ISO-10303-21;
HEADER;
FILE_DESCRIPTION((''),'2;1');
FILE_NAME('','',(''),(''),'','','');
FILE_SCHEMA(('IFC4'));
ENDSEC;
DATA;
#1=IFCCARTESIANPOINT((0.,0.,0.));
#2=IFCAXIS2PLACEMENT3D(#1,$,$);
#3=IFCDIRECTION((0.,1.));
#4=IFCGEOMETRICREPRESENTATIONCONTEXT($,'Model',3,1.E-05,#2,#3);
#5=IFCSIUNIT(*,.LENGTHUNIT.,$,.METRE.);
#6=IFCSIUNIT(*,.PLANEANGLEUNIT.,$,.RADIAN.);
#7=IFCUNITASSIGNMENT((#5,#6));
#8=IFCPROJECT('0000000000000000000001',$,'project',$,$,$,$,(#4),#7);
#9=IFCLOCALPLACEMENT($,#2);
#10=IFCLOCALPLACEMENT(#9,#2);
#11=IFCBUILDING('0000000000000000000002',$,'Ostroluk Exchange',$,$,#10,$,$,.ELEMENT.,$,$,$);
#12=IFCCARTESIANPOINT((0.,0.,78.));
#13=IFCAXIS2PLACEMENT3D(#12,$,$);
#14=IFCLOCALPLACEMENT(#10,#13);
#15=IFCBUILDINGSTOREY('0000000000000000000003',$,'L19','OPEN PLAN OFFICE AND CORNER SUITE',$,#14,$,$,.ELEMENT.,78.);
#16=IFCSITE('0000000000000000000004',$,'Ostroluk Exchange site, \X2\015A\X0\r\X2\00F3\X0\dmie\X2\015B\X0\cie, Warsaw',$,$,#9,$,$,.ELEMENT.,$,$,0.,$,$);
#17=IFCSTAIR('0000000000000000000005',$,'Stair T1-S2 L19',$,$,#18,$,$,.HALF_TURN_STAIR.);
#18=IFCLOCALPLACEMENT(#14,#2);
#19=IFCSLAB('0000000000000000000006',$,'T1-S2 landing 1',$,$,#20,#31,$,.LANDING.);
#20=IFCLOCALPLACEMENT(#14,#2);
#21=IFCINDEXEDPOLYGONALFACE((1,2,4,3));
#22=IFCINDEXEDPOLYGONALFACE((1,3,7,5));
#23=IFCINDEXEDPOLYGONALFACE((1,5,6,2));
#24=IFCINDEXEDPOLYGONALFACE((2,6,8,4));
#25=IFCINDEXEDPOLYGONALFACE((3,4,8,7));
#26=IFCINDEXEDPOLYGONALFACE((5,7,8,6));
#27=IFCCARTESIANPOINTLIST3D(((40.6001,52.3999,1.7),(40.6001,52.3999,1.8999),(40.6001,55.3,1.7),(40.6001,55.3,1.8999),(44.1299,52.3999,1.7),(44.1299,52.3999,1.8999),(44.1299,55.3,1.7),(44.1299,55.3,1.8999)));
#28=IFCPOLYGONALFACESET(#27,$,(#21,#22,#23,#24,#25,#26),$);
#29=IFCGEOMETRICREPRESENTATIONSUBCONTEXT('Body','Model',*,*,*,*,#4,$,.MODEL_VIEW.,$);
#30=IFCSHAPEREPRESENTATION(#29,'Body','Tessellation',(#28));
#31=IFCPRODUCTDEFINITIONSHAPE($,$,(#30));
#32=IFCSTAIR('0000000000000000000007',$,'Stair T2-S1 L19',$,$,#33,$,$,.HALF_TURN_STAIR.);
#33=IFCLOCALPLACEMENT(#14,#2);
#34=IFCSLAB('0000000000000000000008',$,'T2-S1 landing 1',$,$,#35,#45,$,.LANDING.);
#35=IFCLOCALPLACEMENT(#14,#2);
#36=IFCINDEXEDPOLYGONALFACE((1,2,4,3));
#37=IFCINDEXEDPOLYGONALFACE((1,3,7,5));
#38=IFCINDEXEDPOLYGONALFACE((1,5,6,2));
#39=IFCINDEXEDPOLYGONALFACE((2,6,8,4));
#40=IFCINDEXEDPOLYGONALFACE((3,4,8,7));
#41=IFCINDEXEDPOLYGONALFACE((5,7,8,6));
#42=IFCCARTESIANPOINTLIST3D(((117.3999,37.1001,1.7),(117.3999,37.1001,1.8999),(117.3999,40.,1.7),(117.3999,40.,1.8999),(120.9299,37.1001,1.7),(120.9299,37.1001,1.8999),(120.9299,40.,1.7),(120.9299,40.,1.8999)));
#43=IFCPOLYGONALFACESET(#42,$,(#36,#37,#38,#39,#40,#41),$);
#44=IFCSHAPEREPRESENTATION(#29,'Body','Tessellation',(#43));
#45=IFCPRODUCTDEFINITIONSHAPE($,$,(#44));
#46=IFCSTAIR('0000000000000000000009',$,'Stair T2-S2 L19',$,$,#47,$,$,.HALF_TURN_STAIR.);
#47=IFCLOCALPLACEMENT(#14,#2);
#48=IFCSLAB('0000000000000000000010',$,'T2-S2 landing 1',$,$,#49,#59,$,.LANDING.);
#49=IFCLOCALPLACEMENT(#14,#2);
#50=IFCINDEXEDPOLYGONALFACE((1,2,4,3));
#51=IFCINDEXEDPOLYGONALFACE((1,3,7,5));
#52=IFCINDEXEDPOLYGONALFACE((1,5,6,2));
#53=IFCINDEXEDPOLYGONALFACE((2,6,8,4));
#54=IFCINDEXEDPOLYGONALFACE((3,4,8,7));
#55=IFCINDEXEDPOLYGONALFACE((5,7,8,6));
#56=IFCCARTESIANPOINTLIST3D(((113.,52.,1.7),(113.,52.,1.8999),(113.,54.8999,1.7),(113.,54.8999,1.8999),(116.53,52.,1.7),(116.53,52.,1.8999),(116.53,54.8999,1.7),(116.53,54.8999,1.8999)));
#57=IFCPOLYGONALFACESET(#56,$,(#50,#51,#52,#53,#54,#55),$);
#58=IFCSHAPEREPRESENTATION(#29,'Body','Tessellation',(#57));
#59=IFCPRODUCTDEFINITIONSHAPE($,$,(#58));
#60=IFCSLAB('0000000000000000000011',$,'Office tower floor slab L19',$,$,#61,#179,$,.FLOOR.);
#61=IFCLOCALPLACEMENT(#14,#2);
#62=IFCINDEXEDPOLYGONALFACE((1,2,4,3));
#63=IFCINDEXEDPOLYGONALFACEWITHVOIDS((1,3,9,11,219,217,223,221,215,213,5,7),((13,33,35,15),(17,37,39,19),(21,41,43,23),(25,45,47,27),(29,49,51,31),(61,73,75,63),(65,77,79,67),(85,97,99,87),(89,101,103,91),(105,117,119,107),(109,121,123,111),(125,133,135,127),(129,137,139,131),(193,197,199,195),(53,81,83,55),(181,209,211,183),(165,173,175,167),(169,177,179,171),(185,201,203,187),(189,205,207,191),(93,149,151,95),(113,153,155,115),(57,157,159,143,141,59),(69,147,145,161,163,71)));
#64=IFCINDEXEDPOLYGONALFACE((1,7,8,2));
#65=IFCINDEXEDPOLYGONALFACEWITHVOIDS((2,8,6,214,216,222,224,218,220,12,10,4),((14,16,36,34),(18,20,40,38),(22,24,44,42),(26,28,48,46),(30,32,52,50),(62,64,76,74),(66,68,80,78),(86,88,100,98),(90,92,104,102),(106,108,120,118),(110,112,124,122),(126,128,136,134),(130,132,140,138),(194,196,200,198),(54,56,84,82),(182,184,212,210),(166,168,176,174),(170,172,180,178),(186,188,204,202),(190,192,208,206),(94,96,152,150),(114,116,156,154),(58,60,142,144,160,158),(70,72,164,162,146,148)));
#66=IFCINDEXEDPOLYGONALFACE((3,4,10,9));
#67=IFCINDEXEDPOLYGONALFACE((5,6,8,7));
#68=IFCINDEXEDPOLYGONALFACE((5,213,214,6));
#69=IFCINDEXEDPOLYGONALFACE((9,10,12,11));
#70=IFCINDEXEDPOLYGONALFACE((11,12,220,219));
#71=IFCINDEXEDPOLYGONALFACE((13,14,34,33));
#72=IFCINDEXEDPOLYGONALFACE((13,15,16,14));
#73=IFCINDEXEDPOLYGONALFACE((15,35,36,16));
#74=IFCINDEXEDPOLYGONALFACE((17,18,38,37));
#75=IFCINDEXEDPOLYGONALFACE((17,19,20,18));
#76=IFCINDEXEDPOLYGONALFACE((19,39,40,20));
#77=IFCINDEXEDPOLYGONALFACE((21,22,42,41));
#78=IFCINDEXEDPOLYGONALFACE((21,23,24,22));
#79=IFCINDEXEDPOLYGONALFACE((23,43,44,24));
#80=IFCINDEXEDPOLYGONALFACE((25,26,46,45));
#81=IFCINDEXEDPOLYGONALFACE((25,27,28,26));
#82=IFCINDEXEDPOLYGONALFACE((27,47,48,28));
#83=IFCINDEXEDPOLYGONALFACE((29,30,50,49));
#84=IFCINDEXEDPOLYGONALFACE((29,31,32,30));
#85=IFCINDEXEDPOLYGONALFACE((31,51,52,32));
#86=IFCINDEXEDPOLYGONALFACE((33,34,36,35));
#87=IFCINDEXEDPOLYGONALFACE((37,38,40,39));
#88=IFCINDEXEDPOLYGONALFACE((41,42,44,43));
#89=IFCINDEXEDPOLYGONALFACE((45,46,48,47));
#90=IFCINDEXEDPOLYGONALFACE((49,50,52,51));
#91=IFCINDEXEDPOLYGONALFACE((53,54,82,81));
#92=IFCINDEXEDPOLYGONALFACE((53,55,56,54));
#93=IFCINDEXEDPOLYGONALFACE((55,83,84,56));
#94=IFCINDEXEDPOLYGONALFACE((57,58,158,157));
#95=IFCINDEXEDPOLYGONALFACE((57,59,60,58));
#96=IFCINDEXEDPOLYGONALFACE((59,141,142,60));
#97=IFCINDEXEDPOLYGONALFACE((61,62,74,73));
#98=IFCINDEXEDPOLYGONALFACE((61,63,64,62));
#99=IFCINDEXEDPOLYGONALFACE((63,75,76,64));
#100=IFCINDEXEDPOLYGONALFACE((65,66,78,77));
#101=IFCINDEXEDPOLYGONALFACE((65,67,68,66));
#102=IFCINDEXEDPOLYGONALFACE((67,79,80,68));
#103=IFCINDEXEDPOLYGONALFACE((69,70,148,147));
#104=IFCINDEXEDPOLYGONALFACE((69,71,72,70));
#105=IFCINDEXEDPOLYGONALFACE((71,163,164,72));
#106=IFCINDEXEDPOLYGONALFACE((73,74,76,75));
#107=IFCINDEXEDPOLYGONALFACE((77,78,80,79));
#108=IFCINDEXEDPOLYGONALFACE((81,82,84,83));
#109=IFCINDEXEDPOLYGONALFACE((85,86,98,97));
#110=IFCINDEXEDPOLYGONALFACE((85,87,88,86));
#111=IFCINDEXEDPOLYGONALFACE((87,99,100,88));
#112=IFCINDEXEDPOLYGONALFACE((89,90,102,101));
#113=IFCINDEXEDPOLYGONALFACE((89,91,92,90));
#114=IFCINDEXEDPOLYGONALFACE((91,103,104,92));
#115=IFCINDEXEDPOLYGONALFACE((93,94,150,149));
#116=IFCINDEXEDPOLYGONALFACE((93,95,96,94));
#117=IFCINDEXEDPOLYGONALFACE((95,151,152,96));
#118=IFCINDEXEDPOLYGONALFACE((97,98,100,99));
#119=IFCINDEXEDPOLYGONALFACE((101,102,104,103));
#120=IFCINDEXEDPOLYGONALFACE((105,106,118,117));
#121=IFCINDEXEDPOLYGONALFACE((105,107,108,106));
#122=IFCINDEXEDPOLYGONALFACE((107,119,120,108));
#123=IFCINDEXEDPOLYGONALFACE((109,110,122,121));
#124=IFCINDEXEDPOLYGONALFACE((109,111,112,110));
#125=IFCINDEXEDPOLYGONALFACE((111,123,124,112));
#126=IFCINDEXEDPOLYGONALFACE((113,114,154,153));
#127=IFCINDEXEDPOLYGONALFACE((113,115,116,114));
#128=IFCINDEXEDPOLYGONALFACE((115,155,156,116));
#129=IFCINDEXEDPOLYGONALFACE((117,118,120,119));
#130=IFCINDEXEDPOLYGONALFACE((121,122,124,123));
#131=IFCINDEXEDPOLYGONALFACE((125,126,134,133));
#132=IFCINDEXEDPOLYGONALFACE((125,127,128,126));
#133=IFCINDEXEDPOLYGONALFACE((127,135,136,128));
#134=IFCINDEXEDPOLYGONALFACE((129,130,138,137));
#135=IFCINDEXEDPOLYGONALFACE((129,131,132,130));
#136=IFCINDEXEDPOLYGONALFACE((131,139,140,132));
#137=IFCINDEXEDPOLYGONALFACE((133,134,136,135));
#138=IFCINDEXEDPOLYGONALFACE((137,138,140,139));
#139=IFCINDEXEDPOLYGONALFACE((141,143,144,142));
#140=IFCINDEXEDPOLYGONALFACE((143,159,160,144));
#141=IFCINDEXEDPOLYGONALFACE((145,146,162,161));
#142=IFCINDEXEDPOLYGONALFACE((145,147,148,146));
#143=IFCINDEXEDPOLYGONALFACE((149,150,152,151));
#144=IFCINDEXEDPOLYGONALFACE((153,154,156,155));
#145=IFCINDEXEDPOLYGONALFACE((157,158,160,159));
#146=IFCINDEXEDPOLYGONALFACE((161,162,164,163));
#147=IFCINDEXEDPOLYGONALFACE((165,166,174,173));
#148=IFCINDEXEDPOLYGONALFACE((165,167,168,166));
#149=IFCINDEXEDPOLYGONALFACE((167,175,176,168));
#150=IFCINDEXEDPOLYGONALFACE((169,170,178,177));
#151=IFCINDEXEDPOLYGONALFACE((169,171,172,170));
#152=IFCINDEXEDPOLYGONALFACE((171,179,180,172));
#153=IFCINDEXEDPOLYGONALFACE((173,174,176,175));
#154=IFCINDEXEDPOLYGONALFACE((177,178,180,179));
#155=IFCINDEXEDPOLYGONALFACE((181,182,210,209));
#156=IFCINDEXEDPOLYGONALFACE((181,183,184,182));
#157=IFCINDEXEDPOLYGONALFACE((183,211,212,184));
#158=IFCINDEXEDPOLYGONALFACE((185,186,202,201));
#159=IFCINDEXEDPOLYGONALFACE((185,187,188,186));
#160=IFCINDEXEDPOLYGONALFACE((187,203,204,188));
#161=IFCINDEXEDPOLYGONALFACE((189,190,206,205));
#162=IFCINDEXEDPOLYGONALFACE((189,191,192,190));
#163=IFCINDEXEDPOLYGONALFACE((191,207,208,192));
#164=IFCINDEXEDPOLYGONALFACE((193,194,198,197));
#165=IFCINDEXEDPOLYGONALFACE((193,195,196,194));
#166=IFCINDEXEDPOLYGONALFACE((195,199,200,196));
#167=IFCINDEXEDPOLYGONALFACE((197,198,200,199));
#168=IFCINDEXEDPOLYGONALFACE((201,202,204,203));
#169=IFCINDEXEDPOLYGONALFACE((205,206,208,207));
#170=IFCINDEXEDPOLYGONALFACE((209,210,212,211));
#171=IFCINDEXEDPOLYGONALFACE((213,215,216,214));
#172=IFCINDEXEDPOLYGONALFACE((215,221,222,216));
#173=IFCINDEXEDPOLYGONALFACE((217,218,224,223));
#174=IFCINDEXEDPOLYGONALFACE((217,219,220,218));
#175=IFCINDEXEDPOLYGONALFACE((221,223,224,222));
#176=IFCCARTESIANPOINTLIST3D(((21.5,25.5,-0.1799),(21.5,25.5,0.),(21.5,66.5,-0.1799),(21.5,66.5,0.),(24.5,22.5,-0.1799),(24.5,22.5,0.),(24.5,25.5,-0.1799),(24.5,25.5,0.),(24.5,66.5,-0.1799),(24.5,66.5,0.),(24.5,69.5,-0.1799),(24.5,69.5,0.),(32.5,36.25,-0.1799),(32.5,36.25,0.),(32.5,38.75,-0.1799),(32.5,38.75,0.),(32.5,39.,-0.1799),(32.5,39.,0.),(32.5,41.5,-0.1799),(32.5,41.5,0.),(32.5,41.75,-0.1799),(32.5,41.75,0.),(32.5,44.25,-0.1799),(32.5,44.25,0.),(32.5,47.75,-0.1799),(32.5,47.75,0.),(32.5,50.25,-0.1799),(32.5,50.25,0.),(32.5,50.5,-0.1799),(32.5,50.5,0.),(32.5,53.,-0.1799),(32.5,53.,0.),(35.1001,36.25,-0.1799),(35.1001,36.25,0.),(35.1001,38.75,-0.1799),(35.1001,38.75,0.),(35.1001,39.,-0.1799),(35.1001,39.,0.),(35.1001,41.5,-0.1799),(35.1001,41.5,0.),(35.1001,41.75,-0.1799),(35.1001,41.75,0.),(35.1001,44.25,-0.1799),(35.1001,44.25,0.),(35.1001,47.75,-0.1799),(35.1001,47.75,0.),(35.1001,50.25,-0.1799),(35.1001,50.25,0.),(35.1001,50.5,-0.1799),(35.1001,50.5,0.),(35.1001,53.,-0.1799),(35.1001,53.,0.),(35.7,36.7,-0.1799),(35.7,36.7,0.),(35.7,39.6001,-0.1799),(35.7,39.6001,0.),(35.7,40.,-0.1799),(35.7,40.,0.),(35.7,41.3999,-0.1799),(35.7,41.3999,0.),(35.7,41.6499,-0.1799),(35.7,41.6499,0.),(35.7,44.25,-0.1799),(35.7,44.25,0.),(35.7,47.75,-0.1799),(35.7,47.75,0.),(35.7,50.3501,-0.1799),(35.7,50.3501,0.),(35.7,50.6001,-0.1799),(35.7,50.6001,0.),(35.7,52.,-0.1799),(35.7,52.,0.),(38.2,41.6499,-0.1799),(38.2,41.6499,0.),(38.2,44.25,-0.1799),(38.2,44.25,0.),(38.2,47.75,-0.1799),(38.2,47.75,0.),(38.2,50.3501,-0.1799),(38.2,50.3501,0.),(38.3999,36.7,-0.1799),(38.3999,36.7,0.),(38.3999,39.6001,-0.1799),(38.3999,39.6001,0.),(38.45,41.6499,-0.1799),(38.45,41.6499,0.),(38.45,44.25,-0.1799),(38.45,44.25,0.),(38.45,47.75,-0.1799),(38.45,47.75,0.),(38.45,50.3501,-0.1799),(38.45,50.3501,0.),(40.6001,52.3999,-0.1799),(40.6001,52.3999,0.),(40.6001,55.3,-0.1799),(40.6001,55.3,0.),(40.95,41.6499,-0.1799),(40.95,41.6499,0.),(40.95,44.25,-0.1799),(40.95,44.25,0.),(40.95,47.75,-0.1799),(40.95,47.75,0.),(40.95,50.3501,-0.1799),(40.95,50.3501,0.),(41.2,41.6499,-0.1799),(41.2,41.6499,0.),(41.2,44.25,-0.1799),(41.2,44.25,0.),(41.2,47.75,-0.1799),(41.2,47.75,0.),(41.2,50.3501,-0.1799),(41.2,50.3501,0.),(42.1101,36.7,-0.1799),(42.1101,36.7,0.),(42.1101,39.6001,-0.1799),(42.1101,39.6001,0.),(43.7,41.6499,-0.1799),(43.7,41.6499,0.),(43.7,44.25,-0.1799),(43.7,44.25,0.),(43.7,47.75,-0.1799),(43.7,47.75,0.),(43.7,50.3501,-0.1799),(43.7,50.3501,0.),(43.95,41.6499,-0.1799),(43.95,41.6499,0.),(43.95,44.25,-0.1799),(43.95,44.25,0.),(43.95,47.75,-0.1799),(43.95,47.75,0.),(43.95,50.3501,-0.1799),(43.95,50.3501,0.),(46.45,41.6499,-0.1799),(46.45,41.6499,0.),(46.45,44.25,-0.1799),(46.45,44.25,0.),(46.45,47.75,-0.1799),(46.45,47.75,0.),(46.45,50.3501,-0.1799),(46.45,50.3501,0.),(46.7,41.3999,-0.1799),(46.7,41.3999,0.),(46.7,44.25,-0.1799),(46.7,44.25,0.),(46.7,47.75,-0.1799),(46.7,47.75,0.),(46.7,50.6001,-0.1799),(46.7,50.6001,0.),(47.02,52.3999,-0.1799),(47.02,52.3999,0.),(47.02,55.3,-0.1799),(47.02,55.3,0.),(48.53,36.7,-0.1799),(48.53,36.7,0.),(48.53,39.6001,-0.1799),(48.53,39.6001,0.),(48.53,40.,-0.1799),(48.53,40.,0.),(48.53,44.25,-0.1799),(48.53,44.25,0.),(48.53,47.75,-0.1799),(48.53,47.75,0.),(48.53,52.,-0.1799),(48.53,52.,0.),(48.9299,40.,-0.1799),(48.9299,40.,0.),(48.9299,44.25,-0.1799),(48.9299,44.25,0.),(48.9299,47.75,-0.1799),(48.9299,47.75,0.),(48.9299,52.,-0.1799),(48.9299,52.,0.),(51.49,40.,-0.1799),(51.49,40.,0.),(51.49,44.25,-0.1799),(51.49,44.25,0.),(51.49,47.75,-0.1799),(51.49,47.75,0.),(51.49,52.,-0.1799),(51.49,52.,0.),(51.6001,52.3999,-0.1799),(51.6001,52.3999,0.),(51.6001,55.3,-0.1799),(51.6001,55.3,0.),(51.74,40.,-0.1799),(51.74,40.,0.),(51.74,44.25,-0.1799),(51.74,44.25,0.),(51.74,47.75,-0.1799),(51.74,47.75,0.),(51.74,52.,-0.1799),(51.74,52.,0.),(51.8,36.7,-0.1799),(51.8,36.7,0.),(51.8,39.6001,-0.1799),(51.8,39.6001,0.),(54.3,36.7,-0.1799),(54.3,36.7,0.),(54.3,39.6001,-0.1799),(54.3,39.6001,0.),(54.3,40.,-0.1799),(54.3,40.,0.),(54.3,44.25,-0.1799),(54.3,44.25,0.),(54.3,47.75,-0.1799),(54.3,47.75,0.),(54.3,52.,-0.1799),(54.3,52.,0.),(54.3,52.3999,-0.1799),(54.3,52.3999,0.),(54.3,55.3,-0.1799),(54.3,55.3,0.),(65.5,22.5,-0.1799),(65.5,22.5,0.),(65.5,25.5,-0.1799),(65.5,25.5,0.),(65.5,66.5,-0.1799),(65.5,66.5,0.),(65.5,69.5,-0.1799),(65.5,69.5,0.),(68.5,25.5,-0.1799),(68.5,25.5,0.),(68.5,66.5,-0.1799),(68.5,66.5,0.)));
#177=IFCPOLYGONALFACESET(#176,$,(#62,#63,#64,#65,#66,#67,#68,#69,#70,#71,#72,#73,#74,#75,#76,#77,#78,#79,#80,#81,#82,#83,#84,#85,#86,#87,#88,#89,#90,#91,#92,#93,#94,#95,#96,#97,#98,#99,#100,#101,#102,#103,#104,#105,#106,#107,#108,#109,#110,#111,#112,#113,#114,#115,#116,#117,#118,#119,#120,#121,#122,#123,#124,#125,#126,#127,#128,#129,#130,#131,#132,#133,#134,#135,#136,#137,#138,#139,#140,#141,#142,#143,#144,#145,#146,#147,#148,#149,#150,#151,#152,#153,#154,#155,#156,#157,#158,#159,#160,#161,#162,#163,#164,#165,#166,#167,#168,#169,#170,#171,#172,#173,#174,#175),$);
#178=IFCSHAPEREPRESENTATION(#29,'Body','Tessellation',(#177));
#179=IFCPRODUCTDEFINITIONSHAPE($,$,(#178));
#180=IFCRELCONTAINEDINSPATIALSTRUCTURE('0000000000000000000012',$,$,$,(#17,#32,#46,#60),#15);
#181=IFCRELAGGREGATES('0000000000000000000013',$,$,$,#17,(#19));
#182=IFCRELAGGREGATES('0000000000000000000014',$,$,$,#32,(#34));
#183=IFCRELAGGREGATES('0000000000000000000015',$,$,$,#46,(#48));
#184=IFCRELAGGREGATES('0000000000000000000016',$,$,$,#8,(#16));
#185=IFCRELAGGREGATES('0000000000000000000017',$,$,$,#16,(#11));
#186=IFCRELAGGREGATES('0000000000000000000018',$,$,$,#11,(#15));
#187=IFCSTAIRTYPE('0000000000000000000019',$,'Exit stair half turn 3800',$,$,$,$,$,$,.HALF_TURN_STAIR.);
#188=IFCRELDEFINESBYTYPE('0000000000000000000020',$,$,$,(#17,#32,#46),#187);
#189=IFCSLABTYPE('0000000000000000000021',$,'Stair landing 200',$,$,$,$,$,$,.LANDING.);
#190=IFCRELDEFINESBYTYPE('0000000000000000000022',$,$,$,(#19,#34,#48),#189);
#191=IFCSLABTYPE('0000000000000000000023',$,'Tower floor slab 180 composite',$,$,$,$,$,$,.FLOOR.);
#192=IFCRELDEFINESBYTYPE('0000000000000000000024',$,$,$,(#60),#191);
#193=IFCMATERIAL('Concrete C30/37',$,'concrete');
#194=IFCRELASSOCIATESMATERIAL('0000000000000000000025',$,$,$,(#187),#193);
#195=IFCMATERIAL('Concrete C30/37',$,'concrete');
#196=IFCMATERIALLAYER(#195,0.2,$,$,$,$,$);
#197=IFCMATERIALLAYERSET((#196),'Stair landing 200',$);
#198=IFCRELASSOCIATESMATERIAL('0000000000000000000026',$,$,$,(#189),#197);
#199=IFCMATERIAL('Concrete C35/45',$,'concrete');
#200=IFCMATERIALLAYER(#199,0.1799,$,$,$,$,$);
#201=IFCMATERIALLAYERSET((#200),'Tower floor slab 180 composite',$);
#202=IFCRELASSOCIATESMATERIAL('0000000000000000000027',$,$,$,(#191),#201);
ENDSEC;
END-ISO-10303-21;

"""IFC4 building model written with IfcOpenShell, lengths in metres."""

from ifc_helpers import new_model, si_unit, direction, frame, origin, place, context, subcontext, project, spatial, polyline, outline, extrude, material, layer, layer_set, type_object, element, aggregate, save


model = new_model("IFC4")

# Units and contexts
model_context = context("Model", 3, precision=1e-05, world=origin(), true_north=direction((0.0, 1.0)))
body_context = subcontext(model_context, "Body", "Model", "MODEL_VIEW")
ifc_project = project(units=[si_unit("LENGTHUNIT", "METRE"), si_unit("PLANEANGLEUNIT", "RADIAN")], contexts=[model_context])

# Site, building, storey
site_placement = place(None, origin())
site = spatial("IfcSite", under=ifc_project, at=site_placement, Name="Ostroluk Exchange site, Śródmieście, Warsaw", CompositionType="ELEMENT", RefElevation=0.0)
building_placement = place(site_placement, origin())
building = spatial("IfcBuilding", under=site, at=building_placement, Name="Ostroluk Exchange", CompositionType="ELEMENT")
storey_placement = place(building_placement, frame((0.0, 0.0, 78.0)))
storey = spatial("IfcBuildingStorey", under=building, at=storey_placement, Name="L19", Description="OPEN PLAN OFFICE AND CORNER SUITE", CompositionType="ELEMENT", Elevation=78.0)

# Stairs, slabs
ifc_material_1 = material(Name="Concrete C30/37", Category="concrete")
stair_type = type_object("IfcStairType", Name="Exit stair half turn 3800", PredefinedType="HALF_TURN_STAIR", material=ifc_material_1)
ifc_material_2 = material(Name="Concrete C30/37", Category="concrete")
ifc_layer_1 = layer(ifc_material_2, 0.2)
ifc_layer_set_1 = layer_set([ifc_layer_1], Name="Stair landing 200")
slab_type_1 = type_object("IfcSlabType", Name="Stair landing 200", PredefinedType="LANDING", material=ifc_layer_set_1)
stair_1_placement = place(storey_placement, origin())
stair_1 = element("IfcStair", 1, at=stair_1_placement, inside=storey, type_object=stair_type, Name="Stair T1-S2 L19", PredefinedType="HALF_TURN_STAIR")
slab_1_placement = place(storey_placement, frame((0.0, 0.0, 1.7)))
slab_1 = element("IfcSlab", 2, at=slab_1_placement, type_object=slab_type_1, Name="T1-S2 landing 1", PredefinedType="LANDING", context=body_context, shape_type="SweptSolid", body=[
    extrude(outline(polyline([(44.1299, 52.3999), (44.1299, 55.3), (40.6001, 55.3), (40.6001, 52.3999), (44.1299, 52.3999)])), origin(), (0.0, 0.0, 1.0), 0.2),
])
aggregate(stair_1, [slab_1])
stair_2_placement = place(storey_placement, origin())
stair_2 = element("IfcStair", 3, at=stair_2_placement, inside=storey, type_object=stair_type, Name="Stair T2-S1 L19", PredefinedType="HALF_TURN_STAIR")
slab_2_placement = place(storey_placement, frame((0.0, 0.0, 1.7)))
slab_2 = element("IfcSlab", 4, at=slab_2_placement, type_object=slab_type_1, Name="T2-S1 landing 1", PredefinedType="LANDING", context=body_context, shape_type="SweptSolid", body=[
    extrude(outline(polyline([(117.3999, 37.1001), (117.3999, 40.0), (120.9299, 40.0), (120.9299, 37.1001), (117.3999, 37.1001)])), origin(), (0.0, 0.0, 1.0), 0.2),
])
aggregate(stair_2, [slab_2])
stair_3_placement = place(storey_placement, origin())
stair_3 = element("IfcStair", 5, at=stair_3_placement, inside=storey, type_object=stair_type, Name="Stair T2-S2 L19", PredefinedType="HALF_TURN_STAIR")
slab_3_placement = place(storey_placement, frame((0.0, 0.0, 1.7)))
slab_3 = element("IfcSlab", 6, at=slab_3_placement, type_object=slab_type_1, Name="T2-S2 landing 1", PredefinedType="LANDING", context=body_context, shape_type="SweptSolid", body=[
    extrude(outline(polyline([(116.53, 52.0), (116.53, 54.8999), (113.0, 54.8999), (113.0, 52.0), (116.53, 52.0)])), origin(), (0.0, 0.0, 1.0), 0.2),
])
aggregate(stair_3, [slab_3])

# Slab
ifc_material_3 = material(Name="Concrete C35/45", Category="concrete")
ifc_layer_2 = layer(ifc_material_3, 0.1799)
ifc_layer_set_2 = layer_set([ifc_layer_2], Name="Tower floor slab 180 composite")
slab_type_2 = type_object("IfcSlabType", Name="Tower floor slab 180 composite", PredefinedType="FLOOR", material=ifc_layer_set_2)
slab_4_placement = place(storey_placement, frame((0.0, 0.0, -0.1799)))
element("IfcSlab", 7, at=slab_4_placement, inside=storey, type_object=slab_type_2, Name="Office tower floor slab L19", PredefinedType="FLOOR", context=body_context, shape_type="SweptSolid", body=[
    extrude(outline(polyline([(24.5, 22.5), (65.5, 22.5), (65.5, 25.5), (68.5, 25.5), (68.5, 66.5), (65.5, 66.5), (65.5, 69.5), (24.5, 69.5), (24.5, 66.5), (21.5, 66.5), (21.5, 25.5), (24.5, 25.5), (24.5, 22.5)]), holes=[polyline([(35.7, 36.7), (38.3999, 36.7), (38.3999, 39.6001), (35.7, 39.6001), (35.7, 36.7)]), polyline([(42.1101, 36.7), (48.53, 36.7), (48.53, 39.6001), (42.1101, 39.6001), (42.1101, 36.7)]), polyline([(51.8, 36.7), (54.3, 36.7), (54.3, 39.6001), (51.8, 39.6001), (51.8, 36.7)]), polyline([(40.6001, 52.3999), (47.02, 52.3999), (47.02, 55.3), (40.6001, 55.3), (40.6001, 52.3999)]), polyline([(51.6001, 52.3999), (54.3, 52.3999), (54.3, 55.3), (51.6001, 55.3), (51.6001, 52.3999)]), polyline([(35.7, 47.75), (38.2, 47.75), (38.2, 50.3501), (35.7, 50.3501), (35.7, 47.75)]), polyline([(38.45, 47.75), (40.95, 47.75), (40.95, 50.3501), (38.45, 50.3501), (38.45, 47.75)]), polyline([(41.2, 47.75), (43.7, 47.75), (43.7, 50.3501), (41.2, 50.3501), (41.2, 47.75)]), polyline([(43.95, 47.75), (46.45, 47.75), (46.45, 50.3501), (43.95, 50.3501), (43.95, 47.75)]), polyline([(35.7, 41.6499), (38.2, 41.6499), (38.2, 44.25), (35.7, 44.25), (35.7, 41.6499)]), polyline([(38.45, 41.6499), (40.95, 41.6499), (40.95, 44.25), (38.45, 44.25), (38.45, 41.6499)]), polyline([(41.2, 41.6499), (43.7, 41.6499), (43.7, 44.25), (41.2, 44.25), (41.2, 41.6499)]), polyline([(43.95, 41.6499), (46.45, 41.6499), (46.45, 44.25), (43.95, 44.25), (43.95, 41.6499)]), polyline([(48.9299, 47.75), (51.49, 47.75), (51.49, 52.0), (48.9299, 52.0), (48.9299, 47.75)]), polyline([(51.74, 47.75), (54.3, 47.75), (54.3, 52.0), (51.74, 52.0), (51.74, 47.75)]), polyline([(48.9299, 40.0), (51.49, 40.0), (51.49, 44.25), (48.9299, 44.25), (48.9299, 40.0)]), polyline([(51.74, 40.0), (54.3, 40.0), (54.3, 44.25), (51.74, 44.25), (51.74, 40.0)]), polyline([(48.53, 52.0), (48.53, 47.75), (46.7, 47.75), (46.7, 50.6001), (35.7, 50.6001), (35.7, 52.0), (48.53, 52.0)]), polyline([(35.7, 40.0), (35.7, 41.3999), (46.7, 41.3999), (46.7, 44.25), (48.53, 44.25), (48.53, 40.0), (35.7, 40.0)]), polyline([(32.5, 36.25), (35.1001, 36.25), (35.1001, 38.75), (32.5, 38.75), (32.5, 36.25)]), polyline([(32.5, 39.0), (35.1001, 39.0), (35.1001, 41.5), (32.5, 41.5), (32.5, 39.0)]), polyline([(32.5, 41.75), (35.1001, 41.75), (35.1001, 44.25), (32.5, 44.25), (32.5, 41.75)]), polyline([(32.5, 47.75), (35.1001, 47.75), (35.1001, 50.25), (32.5, 50.25), (32.5, 47.75)]), polyline([(32.5, 50.5), (35.1001, 50.5), (35.1001, 53.0), (32.5, 53.0), (32.5, 50.5)])]), origin(), (0.0, 0.0, 1.0), 0.1799),
])

save(model, "model.ifc")
